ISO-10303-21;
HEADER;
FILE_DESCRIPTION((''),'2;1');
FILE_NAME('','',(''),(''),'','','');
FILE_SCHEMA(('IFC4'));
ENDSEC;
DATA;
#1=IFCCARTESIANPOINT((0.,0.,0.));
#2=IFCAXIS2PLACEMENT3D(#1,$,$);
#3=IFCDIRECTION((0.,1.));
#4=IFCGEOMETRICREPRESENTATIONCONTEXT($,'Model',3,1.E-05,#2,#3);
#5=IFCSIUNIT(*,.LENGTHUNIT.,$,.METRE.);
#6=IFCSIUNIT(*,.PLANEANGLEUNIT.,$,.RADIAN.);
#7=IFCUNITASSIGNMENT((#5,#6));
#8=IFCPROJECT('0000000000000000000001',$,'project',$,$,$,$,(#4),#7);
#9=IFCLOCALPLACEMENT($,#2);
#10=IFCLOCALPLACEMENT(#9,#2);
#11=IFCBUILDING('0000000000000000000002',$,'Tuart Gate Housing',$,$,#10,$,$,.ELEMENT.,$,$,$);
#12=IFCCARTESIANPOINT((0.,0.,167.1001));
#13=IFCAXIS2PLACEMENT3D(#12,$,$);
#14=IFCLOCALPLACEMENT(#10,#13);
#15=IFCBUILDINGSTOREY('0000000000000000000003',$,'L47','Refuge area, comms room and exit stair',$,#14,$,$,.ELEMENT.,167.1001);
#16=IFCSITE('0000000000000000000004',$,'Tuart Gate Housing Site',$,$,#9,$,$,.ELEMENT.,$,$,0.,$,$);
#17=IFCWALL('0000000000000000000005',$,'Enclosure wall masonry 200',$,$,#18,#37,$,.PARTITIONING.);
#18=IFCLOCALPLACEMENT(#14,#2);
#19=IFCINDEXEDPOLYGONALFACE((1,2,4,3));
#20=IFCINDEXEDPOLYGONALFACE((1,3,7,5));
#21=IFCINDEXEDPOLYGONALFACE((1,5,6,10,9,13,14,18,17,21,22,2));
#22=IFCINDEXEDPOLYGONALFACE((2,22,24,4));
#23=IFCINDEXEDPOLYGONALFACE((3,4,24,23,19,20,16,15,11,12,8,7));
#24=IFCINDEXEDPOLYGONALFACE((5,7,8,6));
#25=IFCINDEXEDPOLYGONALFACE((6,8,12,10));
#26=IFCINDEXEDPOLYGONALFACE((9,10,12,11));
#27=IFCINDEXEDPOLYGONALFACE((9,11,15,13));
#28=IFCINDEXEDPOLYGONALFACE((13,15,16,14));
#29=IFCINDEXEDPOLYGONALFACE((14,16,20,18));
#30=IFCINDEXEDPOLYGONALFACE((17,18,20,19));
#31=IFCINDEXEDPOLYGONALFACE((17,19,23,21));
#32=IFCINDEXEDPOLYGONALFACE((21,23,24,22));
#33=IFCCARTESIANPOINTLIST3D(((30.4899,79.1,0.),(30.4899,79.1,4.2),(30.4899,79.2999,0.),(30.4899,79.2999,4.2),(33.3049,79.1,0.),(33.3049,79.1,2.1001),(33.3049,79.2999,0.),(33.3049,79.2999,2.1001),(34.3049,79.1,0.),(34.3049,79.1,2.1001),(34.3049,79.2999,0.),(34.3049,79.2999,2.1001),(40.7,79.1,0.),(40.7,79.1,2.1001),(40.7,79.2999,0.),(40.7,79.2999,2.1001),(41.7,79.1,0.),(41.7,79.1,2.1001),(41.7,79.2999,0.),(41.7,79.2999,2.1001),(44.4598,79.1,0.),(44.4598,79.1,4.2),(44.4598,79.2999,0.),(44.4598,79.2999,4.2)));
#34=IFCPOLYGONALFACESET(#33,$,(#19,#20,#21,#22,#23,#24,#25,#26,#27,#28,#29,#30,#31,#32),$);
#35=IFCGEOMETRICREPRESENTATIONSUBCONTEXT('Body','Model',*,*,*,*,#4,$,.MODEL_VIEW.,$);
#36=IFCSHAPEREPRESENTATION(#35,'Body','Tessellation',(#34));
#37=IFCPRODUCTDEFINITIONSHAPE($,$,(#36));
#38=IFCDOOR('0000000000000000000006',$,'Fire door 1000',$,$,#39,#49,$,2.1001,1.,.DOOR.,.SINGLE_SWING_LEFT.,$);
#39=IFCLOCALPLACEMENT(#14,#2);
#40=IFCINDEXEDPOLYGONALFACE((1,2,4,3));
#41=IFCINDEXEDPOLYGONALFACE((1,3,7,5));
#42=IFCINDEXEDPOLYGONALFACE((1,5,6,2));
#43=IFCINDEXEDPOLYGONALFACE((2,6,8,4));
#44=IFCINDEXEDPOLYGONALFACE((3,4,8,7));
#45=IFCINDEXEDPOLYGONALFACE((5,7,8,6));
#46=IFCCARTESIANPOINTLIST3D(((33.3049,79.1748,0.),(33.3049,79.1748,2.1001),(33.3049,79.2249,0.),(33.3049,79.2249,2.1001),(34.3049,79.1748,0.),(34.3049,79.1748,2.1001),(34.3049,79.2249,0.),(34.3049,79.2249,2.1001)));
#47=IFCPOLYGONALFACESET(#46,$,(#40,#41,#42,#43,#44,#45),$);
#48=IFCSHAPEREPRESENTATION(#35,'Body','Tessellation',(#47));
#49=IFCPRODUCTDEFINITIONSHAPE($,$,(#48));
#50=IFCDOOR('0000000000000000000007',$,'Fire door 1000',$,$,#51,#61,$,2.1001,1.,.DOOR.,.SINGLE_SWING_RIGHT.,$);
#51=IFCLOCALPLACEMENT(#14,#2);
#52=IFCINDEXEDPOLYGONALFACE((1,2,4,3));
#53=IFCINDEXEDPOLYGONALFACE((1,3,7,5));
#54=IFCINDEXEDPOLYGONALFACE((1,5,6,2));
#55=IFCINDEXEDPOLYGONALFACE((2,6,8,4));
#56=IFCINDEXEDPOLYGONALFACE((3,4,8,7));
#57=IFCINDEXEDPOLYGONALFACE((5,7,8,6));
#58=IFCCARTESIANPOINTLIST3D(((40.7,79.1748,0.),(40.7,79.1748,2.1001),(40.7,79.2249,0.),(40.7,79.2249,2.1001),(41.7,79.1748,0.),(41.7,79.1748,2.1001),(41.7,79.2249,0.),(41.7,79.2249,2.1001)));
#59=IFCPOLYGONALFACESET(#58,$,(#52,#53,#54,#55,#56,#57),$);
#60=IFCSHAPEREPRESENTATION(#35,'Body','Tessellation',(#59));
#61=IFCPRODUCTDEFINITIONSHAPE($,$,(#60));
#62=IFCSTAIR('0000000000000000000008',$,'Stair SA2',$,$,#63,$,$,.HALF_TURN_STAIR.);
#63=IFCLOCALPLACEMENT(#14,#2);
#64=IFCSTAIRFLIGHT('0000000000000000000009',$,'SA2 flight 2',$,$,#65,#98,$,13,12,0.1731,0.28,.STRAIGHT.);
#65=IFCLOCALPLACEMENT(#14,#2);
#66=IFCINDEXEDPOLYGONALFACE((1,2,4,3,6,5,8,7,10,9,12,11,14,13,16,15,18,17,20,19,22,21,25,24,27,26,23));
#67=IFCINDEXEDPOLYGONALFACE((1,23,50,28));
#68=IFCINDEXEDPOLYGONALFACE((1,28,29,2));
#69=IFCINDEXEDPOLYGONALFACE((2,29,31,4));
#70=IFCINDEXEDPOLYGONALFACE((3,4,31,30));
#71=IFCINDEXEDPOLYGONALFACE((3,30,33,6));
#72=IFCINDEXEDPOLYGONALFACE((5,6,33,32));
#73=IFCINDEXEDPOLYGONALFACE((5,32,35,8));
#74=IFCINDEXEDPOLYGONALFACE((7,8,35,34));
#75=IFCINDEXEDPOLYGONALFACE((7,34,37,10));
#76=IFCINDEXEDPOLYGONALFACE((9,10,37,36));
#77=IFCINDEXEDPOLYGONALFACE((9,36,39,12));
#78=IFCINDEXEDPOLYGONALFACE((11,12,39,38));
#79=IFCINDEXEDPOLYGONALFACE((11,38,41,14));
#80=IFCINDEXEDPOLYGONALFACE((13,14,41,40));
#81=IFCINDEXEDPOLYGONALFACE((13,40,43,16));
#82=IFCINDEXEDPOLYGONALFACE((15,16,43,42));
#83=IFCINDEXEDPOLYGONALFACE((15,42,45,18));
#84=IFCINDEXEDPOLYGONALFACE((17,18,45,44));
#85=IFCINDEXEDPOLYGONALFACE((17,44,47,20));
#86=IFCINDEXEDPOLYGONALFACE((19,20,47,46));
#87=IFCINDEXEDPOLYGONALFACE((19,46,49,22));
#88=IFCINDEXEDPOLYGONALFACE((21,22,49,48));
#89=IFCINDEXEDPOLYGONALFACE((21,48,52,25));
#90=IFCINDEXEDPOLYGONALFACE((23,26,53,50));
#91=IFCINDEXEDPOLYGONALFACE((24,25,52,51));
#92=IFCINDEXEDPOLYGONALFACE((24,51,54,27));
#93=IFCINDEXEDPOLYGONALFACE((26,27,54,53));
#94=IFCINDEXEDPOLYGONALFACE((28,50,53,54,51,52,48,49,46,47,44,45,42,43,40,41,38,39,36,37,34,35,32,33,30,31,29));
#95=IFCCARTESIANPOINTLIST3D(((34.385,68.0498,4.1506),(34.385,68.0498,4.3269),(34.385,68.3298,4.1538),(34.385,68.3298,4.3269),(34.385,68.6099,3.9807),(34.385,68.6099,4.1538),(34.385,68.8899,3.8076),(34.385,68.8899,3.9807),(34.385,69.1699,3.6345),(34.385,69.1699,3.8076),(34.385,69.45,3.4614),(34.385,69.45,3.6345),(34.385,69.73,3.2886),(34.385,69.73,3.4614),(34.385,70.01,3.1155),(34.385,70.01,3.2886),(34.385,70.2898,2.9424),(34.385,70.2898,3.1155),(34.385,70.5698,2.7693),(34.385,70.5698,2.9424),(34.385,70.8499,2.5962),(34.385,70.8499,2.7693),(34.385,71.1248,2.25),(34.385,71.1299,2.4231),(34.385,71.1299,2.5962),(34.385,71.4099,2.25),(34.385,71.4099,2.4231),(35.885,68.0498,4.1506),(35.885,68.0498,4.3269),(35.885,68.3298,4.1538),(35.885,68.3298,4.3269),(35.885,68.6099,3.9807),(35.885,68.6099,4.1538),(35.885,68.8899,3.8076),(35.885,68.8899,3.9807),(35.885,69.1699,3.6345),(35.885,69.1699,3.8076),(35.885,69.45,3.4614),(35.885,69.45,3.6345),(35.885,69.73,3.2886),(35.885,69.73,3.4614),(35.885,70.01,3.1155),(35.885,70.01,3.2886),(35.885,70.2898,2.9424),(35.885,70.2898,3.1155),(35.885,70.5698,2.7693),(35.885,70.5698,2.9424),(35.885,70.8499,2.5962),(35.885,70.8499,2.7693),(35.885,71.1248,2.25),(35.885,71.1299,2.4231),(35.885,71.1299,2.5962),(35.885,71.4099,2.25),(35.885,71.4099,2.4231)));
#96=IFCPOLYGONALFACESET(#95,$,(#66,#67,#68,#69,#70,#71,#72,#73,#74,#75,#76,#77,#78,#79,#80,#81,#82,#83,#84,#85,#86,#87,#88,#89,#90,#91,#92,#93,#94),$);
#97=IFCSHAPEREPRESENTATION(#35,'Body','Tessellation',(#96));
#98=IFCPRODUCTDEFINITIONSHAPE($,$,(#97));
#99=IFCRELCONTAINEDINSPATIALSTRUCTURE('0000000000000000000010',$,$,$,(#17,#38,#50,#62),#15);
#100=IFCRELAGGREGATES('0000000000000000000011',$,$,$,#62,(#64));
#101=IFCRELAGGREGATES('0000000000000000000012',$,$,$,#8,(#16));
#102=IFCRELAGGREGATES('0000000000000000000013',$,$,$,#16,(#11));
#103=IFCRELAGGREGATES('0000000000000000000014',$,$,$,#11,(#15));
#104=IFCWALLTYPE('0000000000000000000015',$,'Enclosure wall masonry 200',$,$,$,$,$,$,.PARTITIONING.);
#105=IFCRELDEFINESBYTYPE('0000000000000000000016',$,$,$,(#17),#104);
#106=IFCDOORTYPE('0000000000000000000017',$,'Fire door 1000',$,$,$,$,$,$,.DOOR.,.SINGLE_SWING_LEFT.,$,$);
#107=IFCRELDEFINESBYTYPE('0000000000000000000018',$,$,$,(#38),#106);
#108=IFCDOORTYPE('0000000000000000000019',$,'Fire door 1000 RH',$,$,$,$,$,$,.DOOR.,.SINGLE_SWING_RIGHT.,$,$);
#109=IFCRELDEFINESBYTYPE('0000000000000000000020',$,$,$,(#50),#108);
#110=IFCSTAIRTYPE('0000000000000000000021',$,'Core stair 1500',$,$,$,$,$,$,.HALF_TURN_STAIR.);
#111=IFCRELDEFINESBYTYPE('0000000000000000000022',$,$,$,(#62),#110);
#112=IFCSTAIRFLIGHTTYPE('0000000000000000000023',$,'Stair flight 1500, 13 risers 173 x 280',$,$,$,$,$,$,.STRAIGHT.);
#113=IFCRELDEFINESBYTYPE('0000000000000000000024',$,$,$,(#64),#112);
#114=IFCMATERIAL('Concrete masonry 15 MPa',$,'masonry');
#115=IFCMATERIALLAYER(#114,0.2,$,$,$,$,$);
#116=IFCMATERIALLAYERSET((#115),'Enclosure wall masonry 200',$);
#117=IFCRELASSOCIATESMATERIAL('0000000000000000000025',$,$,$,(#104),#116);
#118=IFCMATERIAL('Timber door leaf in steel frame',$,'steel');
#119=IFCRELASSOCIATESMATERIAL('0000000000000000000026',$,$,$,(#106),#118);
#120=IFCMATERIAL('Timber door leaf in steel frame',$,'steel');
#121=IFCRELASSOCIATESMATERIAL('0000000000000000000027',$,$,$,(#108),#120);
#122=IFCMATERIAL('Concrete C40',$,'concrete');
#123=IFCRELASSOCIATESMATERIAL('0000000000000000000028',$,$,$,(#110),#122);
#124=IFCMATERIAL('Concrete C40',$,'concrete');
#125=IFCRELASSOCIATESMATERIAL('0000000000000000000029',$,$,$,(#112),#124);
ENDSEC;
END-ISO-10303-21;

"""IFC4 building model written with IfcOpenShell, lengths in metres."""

from ifc_helpers import new_model, si_unit, direction, frame, frame_2d, origin, place, context, subcontext, project, spatial, polyline, rectangle, outline, extrude, material, layer, layer_set, type_object, element, fill, aggregate, save


model = new_model("IFC4")

# Units and contexts
model_context = context("Model", 3, precision=1e-05, world=origin(), true_north=direction((0.0, 1.0)))
body_context = subcontext(model_context, "Body", "Model", "MODEL_VIEW")
ifc_project = project(units=[si_unit("LENGTHUNIT", "METRE"), si_unit("PLANEANGLEUNIT", "RADIAN")], contexts=[model_context])

# Site, building, storey
site_placement = place(None, origin())
site = spatial("IfcSite", under=ifc_project, at=site_placement, Name="Tuart Gate Housing Site", CompositionType="ELEMENT", RefElevation=0.0)
building_placement = place(site_placement, origin())
building = spatial("IfcBuilding", under=site, at=building_placement, Name="Tuart Gate Housing", CompositionType="ELEMENT")
storey_placement = place(building_placement, frame((0.0, 0.0, 167.1001)))
storey = spatial("IfcBuildingStorey", under=building, at=storey_placement, Name="L47", Description="Refuge area, comms room and exit stair", CompositionType="ELEMENT", Elevation=167.1001)

# Wall, openings, doors
ifc_material_1 = material(Name="Concrete masonry 15 MPa", Category="masonry")
ifc_layer_1 = layer(ifc_material_1, 0.2)
ifc_layer_set_1 = layer_set([ifc_layer_1], Name="Enclosure wall masonry 200")
wall_type_1 = type_object("IfcWallType", Name="Enclosure wall masonry 200", PredefinedType="PARTITIONING", material=ifc_layer_set_1)
wall_1_placement = place(storey_placement, frame((30.49, 79.2, 0.0), z_axis=(0.0, 0.0, 1.0), x_axis=(1.0, 0.0, 0.0)))
wall_1 = element("IfcWall", 1, at=wall_1_placement, inside=storey, type_object=wall_type_1, Name="Enclosure wall masonry 200", PredefinedType="PARTITIONING", context=body_context, shape_type="SweptSolid", body=[
    extrude(rectangle(XDim=13.97, YDim=0.2, at=frame_2d((6.9849, 0.0))), origin(), (0.0, 0.0, 1.0), 4.2),
])
opening_1_placement = place(wall_1_placement, frame((2.8149, 0.0, 0.0)))
opening_1 = element("IfcOpeningElement", 2, at=opening_1_placement, cuts=wall_1, PredefinedType="OPENING", context=body_context, shape_type="SweptSolid", body=[
    extrude(rectangle(XDim=1.0, YDim=2.1001, at=frame_2d((0.5, 1.05))), frame((0.0, 0.1099, 0.0), z_axis=(0.0, -1.0, 0.0), x_axis=(1.0, 0.0, 0.0)), (0.0, 0.0, 1.0), 0.22),
])
opening_2_placement = place(wall_1_placement, frame((10.21, 0.0, 0.0)))
opening_2 = element("IfcOpeningElement", 3, at=opening_2_placement, cuts=wall_1, PredefinedType="OPENING", context=body_context, shape_type="SweptSolid", body=[
    extrude(rectangle(XDim=1.0, YDim=2.1001, at=frame_2d((0.5, 1.05))), frame((0.0, 0.1099, 0.0), z_axis=(0.0, -1.0, 0.0), x_axis=(1.0, 0.0, 0.0)), (0.0, 0.0, 1.0), 0.22),
])
ifc_material_2 = material(Name="Timber door leaf in steel frame", Category="steel")
door_type_1 = type_object("IfcDoorType", Name="Fire door 1000", OperationType="SINGLE_SWING_LEFT", PredefinedType="DOOR", material=ifc_material_2)
door_1_placement = place(opening_1_placement, origin())
door_1 = element("IfcDoor", 4, at=door_1_placement, inside=storey, type_object=door_type_1, Name="Fire door 1000", OperationType="SINGLE_SWING_LEFT", OverallHeight=2.1001, OverallWidth=1.0, PredefinedType="DOOR", context=body_context, shape_type="SweptSolid", body=[
    extrude(rectangle(XDim=1.0, YDim=2.1001, at=frame_2d((0.5, 1.05))), frame((0.0, 0.0249, 0.0), z_axis=(0.0, -1.0, 0.0), x_axis=(1.0, 0.0, 0.0)), (0.0, 0.0, 1.0), 0.05),
])
fill(opening_1, door_1)
ifc_material_3 = material(Name="Timber door leaf in steel frame", Category="steel")
door_type_2 = type_object("IfcDoorType", Name="Fire door 1000 RH", OperationType="SINGLE_SWING_RIGHT", PredefinedType="DOOR", material=ifc_material_3)
door_2_placement = place(opening_2_placement, origin())
door_2 = element("IfcDoor", 5, at=door_2_placement, inside=storey, type_object=door_type_2, Name="Fire door 1000", OperationType="SINGLE_SWING_RIGHT", OverallHeight=2.1001, OverallWidth=1.0, PredefinedType="DOOR", context=body_context, shape_type="SweptSolid", body=[
    extrude(rectangle(XDim=1.0, YDim=2.1001, at=frame_2d((0.5, 1.05))), frame((0.0, 0.0249, 0.0), z_axis=(0.0, -1.0, 0.0), x_axis=(1.0, 0.0, 0.0)), (0.0, 0.0, 1.0), 0.05),
])
fill(opening_2, door_2)

# Stair, stair flight
ifc_material_4 = material(Name="Concrete C40", Category="concrete")
stair_type = type_object("IfcStairType", Name="Core stair 1500", PredefinedType="HALF_TURN_STAIR", material=ifc_material_4)
stair_placement = place(storey_placement, origin())
stair = element("IfcStair", 6, at=stair_placement, inside=storey, type_object=stair_type, Name="Stair SA2", PredefinedType="HALF_TURN_STAIR")
ifc_material_5 = material(Name="Concrete C40", Category="concrete")
stair_flight_type = type_object("IfcStairFlightType", Name="Stair flight 1500, 13 risers 173 x 280", PredefinedType="STRAIGHT", material=ifc_material_5)
stair_flight_placement = place(storey_placement, frame((35.135, 71.4099, 2.25), z_axis=(0.0, 0.0, 1.0), x_axis=(0.0, -1.0, 0.0)))
stair_flight = element("IfcStairFlight", 7, at=stair_flight_placement, type_object=stair_flight_type, Name="SA2 flight 2", NumberOfRisers=13, NumberOfTreads=12, PredefinedType="STRAIGHT", RiserHeight=0.1731, TreadLength=0.28, context=body_context, shape_type="SweptSolid", body=[
    extrude(outline(polyline([(0.0, 0.0), (0.0, 0.1731), (0.28, 0.1731), (0.28, 0.3462), (0.5601, 0.3462), (0.5601, 0.5193), (0.8401, 0.5193), (0.8401, 0.6924), (1.1201, 0.6924), (1.1201, 0.8655), (1.3999, 0.8655), (1.3999, 1.0386), (1.6799, 1.0386), (1.6799, 1.2114), (1.96, 1.2114), (1.96, 1.3845), (2.24, 1.3845), (2.24, 1.5576), (2.52, 1.5576), (2.52, 1.7307), (2.8, 1.7307), (2.8, 1.9038), (3.0801, 1.9038), (3.0801, 2.0769), (3.3601, 2.0769), (3.3601, 2.25), (3.3601, 1.9006), (0.2852, 0.0), (0.0, 0.0)])), frame((0.0, 0.75, 0.0), z_axis=(0.0, -1.0, 0.0), x_axis=(1.0, 0.0, 0.0)), (0.0, 0.0, 1.0), 1.5),
])
aggregate(stair, [stair_flight])

save(model, "model.ifc")
